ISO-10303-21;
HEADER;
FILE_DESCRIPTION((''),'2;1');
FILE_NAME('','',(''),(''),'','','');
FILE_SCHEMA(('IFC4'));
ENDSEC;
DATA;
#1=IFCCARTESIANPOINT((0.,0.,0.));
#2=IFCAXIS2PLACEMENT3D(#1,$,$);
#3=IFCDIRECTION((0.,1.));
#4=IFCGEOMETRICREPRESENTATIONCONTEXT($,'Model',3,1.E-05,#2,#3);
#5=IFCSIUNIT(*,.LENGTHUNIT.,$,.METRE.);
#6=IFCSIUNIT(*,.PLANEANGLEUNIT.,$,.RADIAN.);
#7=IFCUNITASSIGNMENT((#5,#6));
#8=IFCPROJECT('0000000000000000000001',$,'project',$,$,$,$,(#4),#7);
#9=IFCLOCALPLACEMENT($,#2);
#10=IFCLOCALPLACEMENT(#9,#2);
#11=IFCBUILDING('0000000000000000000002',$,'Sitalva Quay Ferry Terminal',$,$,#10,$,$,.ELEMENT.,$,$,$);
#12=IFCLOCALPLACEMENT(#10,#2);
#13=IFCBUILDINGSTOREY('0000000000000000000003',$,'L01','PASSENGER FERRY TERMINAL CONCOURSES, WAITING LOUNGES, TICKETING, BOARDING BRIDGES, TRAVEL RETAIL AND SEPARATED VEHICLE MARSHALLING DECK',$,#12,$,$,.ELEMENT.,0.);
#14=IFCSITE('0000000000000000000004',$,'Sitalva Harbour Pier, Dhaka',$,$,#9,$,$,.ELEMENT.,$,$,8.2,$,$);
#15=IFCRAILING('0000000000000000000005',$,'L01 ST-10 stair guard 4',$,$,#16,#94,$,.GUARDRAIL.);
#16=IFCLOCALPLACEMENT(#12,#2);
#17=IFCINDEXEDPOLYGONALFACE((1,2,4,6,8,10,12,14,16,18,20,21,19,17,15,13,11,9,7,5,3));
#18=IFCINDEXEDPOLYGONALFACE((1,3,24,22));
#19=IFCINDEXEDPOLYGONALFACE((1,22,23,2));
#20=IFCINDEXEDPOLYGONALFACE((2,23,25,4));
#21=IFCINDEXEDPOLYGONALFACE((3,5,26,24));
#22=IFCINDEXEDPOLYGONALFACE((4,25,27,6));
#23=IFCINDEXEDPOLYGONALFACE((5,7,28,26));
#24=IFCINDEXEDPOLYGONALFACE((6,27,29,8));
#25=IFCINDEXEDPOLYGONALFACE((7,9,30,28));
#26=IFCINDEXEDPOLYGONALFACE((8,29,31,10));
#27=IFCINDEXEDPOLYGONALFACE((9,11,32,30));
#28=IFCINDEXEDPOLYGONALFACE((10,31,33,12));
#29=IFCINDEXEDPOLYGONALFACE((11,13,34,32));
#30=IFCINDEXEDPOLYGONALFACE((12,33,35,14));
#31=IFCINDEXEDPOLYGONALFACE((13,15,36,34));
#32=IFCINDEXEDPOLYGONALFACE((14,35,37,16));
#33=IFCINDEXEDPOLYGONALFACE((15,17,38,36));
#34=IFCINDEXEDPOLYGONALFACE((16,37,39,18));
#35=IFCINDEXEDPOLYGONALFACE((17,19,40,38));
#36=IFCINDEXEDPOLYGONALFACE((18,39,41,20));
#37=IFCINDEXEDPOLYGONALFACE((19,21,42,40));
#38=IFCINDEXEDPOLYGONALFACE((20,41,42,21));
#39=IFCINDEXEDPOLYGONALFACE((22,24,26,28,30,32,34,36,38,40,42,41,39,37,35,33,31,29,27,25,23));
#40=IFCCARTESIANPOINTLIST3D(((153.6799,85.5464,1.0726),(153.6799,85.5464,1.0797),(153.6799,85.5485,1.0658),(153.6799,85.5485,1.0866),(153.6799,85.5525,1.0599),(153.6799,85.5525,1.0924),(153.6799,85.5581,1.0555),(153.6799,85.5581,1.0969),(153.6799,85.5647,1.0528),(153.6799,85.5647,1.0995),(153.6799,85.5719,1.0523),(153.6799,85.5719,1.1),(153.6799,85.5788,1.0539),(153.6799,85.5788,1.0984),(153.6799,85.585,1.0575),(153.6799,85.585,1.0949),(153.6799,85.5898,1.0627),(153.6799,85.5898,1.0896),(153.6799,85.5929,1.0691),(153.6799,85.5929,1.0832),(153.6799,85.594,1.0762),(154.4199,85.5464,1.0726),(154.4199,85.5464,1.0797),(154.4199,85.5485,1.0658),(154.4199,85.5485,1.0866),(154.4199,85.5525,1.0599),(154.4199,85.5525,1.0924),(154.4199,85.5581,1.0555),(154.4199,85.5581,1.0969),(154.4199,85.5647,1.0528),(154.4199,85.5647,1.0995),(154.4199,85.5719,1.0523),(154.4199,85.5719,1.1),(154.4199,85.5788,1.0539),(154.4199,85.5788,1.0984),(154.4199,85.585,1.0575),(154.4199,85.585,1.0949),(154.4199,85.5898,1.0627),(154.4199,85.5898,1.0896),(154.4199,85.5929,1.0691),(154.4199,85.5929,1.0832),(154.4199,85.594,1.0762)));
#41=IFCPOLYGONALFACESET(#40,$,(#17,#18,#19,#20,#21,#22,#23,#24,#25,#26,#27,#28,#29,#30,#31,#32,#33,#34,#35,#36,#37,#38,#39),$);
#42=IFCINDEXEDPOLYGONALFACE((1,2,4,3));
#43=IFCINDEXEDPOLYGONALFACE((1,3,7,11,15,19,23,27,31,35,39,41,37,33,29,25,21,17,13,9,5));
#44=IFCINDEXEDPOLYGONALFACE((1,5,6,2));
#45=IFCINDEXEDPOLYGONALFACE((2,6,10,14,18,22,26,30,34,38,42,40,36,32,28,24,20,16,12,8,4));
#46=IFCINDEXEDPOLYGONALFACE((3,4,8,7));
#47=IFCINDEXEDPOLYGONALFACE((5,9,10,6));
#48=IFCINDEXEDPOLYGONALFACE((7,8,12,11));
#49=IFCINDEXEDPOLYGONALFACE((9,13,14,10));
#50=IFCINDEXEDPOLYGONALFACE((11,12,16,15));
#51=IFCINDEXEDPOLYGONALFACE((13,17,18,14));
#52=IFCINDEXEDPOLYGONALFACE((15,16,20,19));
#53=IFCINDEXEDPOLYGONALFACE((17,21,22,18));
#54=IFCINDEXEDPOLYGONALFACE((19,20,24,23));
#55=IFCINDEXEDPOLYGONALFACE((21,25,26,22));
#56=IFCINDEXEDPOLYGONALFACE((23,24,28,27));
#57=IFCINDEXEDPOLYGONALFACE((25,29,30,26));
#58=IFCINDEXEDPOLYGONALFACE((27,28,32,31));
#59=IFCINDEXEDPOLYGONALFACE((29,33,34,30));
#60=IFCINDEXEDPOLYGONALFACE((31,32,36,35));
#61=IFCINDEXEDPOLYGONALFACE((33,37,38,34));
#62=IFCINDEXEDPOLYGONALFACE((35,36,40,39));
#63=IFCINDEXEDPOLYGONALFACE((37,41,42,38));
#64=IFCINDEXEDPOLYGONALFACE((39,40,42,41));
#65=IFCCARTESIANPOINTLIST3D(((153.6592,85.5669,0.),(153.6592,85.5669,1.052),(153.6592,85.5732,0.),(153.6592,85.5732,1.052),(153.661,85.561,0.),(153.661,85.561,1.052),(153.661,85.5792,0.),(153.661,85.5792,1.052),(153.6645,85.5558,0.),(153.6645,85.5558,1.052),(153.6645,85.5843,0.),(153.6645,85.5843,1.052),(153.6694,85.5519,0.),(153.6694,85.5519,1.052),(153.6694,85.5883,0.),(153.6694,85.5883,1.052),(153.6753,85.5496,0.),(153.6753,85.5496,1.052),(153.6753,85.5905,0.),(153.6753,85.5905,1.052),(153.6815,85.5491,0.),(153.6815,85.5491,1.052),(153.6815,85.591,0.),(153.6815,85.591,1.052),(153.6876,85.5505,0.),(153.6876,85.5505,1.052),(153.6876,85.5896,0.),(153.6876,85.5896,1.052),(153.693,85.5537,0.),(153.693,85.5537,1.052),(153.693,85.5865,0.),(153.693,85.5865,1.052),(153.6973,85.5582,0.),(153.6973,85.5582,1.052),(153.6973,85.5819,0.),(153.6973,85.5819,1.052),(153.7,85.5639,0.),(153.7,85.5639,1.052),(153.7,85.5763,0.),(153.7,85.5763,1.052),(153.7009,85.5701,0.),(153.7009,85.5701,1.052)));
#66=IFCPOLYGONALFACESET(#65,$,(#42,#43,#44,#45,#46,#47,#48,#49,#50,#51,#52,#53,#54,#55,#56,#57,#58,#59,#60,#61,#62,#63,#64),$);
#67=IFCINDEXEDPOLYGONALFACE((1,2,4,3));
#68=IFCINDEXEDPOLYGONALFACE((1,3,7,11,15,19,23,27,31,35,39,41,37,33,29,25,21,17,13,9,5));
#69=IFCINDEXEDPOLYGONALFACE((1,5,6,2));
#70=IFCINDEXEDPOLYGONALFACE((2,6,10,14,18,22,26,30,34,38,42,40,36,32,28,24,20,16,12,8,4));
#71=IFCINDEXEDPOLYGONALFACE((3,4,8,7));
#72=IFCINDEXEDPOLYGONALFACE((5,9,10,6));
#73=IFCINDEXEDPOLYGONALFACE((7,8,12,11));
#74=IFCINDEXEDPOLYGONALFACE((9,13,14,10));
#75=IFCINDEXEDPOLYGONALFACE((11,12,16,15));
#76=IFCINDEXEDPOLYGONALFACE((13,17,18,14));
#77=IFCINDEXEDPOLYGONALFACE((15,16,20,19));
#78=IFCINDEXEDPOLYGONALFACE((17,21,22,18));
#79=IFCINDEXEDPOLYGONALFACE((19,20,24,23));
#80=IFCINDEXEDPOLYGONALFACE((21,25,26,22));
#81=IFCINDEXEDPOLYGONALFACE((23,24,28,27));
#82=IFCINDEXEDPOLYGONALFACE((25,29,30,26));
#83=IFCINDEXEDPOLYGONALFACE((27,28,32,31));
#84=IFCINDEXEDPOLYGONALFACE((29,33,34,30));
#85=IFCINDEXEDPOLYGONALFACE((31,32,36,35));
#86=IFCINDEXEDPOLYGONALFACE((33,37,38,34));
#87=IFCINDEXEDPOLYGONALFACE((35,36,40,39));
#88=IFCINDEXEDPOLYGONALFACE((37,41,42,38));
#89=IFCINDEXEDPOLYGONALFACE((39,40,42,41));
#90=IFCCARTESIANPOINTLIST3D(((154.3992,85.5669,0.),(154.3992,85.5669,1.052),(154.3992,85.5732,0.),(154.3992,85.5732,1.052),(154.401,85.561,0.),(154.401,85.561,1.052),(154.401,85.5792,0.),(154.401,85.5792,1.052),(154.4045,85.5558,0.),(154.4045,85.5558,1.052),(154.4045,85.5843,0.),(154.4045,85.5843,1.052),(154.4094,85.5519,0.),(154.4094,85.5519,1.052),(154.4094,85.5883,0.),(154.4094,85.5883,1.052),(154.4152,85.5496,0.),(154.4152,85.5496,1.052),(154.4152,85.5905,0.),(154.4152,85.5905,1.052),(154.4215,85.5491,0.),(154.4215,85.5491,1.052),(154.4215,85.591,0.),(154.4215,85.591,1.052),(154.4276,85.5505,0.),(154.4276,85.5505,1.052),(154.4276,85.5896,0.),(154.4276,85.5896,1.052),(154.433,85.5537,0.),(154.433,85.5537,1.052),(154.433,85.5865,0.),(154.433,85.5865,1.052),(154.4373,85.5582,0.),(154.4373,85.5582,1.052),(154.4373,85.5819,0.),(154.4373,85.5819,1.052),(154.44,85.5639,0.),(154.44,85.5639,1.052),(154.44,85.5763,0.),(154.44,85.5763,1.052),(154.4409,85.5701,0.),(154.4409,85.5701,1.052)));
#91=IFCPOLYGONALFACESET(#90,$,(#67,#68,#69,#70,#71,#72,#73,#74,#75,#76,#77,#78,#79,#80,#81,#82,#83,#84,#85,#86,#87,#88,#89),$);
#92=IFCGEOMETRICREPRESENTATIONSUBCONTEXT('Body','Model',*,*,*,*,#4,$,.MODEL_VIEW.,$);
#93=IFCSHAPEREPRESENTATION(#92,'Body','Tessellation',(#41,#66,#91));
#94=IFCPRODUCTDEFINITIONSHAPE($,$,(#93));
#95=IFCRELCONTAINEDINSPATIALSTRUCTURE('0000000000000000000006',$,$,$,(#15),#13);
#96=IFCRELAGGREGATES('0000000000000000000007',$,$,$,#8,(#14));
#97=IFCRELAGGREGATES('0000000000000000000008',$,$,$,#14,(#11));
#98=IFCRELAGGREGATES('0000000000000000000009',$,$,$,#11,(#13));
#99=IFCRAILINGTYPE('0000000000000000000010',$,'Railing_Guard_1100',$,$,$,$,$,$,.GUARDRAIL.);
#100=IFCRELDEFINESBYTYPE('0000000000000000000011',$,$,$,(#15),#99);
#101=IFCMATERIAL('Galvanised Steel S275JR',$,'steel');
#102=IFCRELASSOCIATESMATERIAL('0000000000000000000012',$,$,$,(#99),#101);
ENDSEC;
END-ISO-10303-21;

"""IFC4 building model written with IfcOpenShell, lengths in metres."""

from ifc_helpers import new_model, si_unit, direction, frame, origin, origin_2d, place, context, subcontext, project, spatial, circle, extrude, material, type_object, element, save


model = new_model("IFC4")

# Units and contexts
model_context = context("Model", 3, precision=1e-05, world=origin(), true_north=direction((0.0, 1.0)))
body_context = subcontext(model_context, "Body", "Model", "MODEL_VIEW")
ifc_project = project(units=[si_unit("LENGTHUNIT", "METRE"), si_unit("PLANEANGLEUNIT", "RADIAN")], contexts=[model_context])

# Site, building, storey
site_placement = place(None, origin())
site = spatial("IfcSite", under=ifc_project, at=site_placement, Name="Sitalva Harbour Pier, Dhaka", CompositionType="ELEMENT", RefElevation=8.2)
building_placement = place(site_placement, origin())
building = spatial("IfcBuilding", under=site, at=building_placement, Name="Sitalva Quay Ferry Terminal", CompositionType="ELEMENT")
storey_placement = place(building_placement, origin())
storey = spatial("IfcBuildingStorey", under=building, at=storey_placement, Name="L01", Description="PASSENGER FERRY TERMINAL CONCOURSES, WAITING LOUNGES, TICKETING, BOARDING BRIDGES, TRAVEL RETAIL AND SEPARATED VEHICLE MARSHALLING DECK", CompositionType="ELEMENT", Elevation=0.0)

# Railing
ifc_material_1 = material(Name="Galvanised Steel S275JR", Category="steel")
railing_type_1 = type_object("IfcRailingType", Name="Railing_Guard_1100", PredefinedType="GUARDRAIL", material=ifc_material_1)
railing_1_placement = place(storey_placement, frame((153.6799, 85.5701, 0.0)))
element("IfcRailing", 1, at=railing_1_placement, inside=storey, type_object=railing_type_1, Name="L01 ST-10 stair guard 4", PredefinedType="GUARDRAIL", context=body_context, shape_type="SweptSolid", body=[
    extrude(circle(Radius=0.0239, at=origin_2d()), frame((0.0, 0.0, 1.0762), z_axis=(1.0, 0.0, 0.0), x_axis=(0.0, 1.0, 0.0)), (0.0, 0.0, 1.0), 0.74),
    extrude(circle(Radius=0.021, at=origin_2d()), origin(), (0.0, 0.0, 1.0), 1.052),
    extrude(circle(Radius=0.021, at=origin_2d()), frame((0.74, 0.0, 0.0)), (0.0, 0.0, 1.0), 1.052),
])

save(model, "model.ifc")
